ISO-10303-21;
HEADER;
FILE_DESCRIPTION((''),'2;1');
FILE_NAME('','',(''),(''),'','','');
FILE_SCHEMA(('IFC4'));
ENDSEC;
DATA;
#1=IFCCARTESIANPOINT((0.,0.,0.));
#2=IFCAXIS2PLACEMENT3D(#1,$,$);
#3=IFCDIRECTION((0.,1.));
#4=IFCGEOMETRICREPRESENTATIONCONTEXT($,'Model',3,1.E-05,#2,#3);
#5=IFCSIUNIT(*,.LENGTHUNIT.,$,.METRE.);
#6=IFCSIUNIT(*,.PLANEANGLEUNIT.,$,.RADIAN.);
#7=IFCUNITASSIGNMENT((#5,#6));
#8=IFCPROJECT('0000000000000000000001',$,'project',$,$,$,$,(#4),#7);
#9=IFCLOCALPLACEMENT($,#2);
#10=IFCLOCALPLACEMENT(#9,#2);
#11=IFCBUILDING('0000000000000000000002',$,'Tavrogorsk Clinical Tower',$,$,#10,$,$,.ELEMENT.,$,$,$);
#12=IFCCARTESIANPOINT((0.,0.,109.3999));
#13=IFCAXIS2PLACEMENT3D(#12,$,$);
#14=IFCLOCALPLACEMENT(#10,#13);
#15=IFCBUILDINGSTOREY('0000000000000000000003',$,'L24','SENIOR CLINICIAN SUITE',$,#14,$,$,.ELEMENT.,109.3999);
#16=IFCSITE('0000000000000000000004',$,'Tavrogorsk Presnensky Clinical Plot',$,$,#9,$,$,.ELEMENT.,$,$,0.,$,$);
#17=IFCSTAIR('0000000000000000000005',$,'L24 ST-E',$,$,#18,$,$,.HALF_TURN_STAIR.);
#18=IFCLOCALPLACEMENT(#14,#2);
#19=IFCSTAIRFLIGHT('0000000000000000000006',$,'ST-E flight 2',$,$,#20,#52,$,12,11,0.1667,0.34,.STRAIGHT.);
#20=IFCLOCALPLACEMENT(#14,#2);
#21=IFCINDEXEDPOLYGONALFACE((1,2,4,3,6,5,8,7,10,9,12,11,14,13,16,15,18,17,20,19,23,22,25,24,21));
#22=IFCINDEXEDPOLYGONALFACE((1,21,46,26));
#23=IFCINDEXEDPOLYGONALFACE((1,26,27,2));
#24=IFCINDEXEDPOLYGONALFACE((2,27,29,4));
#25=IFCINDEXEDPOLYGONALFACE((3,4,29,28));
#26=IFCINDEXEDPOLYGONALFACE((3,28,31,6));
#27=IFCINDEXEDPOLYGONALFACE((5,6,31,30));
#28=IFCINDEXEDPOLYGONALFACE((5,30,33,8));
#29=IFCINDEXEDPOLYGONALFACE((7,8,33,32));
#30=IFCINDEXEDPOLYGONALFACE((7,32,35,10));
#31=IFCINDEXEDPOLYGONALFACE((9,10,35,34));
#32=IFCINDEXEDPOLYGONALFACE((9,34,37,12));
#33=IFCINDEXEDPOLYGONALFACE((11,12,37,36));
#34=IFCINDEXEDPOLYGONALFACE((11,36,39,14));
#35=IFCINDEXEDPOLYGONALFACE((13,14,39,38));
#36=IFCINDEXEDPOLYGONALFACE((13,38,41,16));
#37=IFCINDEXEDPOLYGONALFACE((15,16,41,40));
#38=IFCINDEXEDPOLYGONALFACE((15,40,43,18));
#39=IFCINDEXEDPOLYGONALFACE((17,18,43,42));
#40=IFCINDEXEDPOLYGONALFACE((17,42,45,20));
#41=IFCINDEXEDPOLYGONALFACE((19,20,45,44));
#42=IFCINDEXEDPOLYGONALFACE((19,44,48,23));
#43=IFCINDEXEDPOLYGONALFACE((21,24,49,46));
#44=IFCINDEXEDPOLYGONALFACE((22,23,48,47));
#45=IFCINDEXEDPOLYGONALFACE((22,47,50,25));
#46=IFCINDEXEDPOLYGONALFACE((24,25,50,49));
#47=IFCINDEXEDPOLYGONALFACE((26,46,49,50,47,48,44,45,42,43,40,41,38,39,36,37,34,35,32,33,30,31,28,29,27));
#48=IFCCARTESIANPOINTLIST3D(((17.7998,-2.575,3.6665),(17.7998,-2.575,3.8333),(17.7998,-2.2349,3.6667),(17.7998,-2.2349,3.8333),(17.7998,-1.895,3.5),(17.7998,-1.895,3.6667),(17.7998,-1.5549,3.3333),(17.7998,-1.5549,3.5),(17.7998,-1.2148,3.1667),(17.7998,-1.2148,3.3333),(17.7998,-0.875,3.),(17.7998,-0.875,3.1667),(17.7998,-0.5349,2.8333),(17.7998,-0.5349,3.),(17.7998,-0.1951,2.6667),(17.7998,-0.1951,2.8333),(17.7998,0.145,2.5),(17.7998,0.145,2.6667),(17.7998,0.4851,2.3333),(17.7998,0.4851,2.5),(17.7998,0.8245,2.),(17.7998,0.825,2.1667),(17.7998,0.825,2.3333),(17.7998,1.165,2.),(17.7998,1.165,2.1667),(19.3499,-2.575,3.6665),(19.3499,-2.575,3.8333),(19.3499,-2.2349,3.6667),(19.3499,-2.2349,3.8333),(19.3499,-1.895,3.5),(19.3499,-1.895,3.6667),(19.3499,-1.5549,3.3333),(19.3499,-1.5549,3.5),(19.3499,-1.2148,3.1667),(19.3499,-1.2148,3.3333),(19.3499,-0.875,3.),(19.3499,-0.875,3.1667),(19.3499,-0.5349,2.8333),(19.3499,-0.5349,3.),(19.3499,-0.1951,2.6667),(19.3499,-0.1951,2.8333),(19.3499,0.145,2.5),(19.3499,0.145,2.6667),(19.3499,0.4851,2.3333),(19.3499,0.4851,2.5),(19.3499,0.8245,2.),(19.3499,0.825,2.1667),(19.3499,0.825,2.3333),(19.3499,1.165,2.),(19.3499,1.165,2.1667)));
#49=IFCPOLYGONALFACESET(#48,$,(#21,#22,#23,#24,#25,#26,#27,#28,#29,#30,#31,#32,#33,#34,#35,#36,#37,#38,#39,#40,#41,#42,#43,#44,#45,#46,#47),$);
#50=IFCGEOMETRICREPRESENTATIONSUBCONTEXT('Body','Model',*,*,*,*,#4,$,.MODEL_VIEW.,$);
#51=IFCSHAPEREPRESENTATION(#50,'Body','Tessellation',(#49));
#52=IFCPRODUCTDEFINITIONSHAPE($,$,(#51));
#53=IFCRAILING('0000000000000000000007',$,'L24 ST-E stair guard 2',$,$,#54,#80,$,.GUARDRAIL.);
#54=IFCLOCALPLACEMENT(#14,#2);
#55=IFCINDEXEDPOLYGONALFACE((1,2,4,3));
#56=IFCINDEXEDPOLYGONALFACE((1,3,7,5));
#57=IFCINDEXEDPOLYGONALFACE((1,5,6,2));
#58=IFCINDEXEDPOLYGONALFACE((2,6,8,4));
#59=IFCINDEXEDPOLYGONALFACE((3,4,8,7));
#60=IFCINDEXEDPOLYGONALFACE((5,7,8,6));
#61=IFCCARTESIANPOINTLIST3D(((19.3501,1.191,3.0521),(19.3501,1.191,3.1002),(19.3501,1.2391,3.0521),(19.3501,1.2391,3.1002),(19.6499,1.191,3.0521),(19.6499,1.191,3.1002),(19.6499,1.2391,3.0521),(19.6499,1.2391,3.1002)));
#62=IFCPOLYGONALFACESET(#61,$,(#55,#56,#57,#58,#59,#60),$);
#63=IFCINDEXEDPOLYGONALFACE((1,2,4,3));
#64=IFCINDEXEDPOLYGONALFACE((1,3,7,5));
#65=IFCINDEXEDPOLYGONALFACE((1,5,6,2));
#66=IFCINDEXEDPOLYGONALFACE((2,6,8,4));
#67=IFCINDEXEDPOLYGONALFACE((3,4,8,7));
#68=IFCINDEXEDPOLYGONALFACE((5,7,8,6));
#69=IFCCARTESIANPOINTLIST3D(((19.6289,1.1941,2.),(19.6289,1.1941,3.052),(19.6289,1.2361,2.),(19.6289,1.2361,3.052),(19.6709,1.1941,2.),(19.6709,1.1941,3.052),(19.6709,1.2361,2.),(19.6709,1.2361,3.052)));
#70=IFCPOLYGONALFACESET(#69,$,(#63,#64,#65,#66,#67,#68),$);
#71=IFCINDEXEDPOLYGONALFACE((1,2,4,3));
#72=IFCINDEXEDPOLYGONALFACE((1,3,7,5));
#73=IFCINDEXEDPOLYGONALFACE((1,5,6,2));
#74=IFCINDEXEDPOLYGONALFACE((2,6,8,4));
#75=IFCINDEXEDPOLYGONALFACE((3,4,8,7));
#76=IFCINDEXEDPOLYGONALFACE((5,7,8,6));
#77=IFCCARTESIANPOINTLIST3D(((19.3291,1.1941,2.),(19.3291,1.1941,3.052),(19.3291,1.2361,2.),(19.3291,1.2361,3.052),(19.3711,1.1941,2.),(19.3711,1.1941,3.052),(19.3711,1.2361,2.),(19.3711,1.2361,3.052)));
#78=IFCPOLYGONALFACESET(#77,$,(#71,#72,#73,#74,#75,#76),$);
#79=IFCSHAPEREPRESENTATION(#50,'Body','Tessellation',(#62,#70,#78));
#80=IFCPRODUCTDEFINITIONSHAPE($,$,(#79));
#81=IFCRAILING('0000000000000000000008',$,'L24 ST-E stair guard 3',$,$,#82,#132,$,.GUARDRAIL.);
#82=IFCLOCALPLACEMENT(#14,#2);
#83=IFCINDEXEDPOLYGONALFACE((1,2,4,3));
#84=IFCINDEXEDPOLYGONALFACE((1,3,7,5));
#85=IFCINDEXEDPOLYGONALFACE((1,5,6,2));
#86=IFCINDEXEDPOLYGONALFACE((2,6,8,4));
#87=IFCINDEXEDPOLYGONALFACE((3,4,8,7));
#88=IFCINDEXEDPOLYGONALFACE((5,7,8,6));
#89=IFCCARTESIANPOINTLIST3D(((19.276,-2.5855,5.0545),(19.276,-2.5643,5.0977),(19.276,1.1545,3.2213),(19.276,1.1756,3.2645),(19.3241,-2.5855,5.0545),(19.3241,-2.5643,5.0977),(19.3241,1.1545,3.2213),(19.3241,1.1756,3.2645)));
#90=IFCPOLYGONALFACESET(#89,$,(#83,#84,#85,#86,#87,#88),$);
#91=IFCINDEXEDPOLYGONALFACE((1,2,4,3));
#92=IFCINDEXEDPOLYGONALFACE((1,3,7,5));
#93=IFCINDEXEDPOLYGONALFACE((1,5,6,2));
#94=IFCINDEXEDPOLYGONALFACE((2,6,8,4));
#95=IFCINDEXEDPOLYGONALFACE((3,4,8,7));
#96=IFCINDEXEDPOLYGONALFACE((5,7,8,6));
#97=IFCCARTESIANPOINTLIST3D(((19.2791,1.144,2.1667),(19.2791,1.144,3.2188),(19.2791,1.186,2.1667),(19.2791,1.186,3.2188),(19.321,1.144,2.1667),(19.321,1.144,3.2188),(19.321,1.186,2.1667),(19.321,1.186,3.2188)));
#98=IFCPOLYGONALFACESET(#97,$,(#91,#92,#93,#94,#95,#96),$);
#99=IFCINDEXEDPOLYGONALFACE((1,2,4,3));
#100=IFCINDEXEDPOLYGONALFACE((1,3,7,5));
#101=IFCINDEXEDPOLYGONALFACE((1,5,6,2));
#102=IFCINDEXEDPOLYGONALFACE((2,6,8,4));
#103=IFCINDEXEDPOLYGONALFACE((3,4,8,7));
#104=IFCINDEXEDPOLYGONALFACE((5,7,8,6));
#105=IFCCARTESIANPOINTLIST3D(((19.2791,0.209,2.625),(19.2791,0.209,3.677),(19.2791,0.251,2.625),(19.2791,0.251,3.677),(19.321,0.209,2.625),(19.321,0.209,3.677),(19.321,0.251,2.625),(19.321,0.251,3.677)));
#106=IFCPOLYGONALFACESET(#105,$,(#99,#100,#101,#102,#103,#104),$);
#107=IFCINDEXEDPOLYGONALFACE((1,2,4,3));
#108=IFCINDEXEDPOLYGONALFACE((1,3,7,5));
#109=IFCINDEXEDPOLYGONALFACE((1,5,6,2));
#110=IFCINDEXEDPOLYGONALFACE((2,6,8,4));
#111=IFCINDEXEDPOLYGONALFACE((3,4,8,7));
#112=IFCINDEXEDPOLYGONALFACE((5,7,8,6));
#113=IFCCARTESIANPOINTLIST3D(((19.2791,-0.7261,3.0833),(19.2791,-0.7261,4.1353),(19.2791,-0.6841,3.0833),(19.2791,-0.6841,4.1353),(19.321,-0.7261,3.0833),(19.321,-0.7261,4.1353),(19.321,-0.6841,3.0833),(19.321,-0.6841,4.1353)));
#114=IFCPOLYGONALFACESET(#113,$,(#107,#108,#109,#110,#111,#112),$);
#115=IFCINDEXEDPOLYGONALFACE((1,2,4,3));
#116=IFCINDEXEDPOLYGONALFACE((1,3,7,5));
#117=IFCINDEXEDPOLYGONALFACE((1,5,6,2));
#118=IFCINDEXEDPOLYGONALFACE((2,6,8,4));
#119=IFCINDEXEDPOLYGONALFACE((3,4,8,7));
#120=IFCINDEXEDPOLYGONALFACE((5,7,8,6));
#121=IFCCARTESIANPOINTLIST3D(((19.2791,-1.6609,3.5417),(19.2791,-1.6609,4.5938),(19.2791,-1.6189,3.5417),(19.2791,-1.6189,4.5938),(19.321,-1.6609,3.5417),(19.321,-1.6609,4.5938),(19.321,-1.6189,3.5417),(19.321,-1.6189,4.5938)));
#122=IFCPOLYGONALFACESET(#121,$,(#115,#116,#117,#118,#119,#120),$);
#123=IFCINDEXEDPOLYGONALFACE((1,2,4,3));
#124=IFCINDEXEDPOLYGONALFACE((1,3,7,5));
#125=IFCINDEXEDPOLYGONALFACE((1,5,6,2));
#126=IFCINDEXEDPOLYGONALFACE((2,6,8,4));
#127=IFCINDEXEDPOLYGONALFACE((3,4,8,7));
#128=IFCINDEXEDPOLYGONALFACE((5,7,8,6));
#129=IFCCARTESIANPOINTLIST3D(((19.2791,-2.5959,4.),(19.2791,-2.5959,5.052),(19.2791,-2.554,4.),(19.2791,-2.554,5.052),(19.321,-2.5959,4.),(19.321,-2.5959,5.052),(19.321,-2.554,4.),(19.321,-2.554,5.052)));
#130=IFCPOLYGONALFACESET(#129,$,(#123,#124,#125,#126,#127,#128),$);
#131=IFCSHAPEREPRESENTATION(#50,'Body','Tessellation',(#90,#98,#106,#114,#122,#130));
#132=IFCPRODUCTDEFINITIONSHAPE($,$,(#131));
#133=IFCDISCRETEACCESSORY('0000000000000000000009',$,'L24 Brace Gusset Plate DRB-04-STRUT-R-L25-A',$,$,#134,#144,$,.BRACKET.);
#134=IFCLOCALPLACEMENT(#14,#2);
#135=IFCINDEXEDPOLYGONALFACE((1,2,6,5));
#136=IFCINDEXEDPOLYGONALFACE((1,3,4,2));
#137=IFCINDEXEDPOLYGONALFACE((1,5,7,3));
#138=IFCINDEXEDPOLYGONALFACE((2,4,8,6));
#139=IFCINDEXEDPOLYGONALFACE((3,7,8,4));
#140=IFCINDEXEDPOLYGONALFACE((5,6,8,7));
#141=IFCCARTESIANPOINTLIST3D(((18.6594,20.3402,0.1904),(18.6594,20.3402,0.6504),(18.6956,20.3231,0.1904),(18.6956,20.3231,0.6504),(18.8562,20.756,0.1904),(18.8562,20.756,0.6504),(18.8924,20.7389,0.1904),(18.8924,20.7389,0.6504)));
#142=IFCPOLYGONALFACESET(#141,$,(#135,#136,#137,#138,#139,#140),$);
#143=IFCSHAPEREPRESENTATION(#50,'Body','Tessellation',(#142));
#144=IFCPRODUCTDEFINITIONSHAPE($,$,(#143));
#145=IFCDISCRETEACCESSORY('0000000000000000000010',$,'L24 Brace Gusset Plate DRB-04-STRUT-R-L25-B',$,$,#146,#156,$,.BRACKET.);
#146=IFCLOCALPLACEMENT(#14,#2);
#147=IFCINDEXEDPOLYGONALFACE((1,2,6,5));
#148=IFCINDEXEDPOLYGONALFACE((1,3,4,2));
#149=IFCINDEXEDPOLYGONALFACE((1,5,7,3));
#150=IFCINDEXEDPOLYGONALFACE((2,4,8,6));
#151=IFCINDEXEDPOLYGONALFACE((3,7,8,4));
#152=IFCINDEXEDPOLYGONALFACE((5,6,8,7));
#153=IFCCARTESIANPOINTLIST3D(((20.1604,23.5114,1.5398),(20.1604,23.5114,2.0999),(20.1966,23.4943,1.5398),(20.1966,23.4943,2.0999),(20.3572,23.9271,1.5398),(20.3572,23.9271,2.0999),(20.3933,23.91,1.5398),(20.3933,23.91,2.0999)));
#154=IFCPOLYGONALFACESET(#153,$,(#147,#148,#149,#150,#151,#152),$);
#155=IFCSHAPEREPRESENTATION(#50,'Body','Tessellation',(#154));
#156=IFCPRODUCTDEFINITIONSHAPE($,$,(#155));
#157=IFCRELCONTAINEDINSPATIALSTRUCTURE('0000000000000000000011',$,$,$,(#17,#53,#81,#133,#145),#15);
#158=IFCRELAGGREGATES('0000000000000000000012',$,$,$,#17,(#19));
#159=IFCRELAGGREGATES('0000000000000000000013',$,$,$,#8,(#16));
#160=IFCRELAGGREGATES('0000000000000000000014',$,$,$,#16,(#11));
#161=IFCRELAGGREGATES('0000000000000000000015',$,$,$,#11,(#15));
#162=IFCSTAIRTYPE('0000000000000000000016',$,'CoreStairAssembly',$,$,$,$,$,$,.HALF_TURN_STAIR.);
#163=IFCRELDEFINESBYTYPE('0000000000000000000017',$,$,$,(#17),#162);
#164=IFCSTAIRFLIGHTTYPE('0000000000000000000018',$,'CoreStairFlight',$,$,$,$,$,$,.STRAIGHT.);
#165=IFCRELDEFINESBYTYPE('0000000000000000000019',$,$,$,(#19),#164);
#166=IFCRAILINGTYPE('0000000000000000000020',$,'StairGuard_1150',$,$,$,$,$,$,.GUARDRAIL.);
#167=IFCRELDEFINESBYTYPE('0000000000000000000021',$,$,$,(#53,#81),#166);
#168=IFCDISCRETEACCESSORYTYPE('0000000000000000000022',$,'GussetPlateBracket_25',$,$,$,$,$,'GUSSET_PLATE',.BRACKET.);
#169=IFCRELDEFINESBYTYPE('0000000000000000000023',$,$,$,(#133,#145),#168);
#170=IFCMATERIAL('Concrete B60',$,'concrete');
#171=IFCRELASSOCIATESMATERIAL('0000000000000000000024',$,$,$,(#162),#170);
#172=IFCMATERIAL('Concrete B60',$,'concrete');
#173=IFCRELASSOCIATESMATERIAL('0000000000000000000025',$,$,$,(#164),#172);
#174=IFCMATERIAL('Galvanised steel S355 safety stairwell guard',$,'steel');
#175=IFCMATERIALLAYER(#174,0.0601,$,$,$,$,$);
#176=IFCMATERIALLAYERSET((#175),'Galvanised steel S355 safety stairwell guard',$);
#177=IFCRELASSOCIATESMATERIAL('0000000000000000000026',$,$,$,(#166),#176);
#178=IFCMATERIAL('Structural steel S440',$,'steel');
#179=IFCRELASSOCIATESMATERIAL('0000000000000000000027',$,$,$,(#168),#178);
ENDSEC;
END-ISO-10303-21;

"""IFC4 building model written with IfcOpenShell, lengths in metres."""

from ifc_helpers import new_model, si_unit, direction, frame, origin, origin_2d, place, context, subcontext, project, spatial, polyline, rectangle, outline, extrude, material, layer, layer_set, type_object, element, aggregate, save


model = new_model("IFC4")

# Units and contexts
model_context = context("Model", 3, precision=1e-05, world=origin(), true_north=direction((0.0, 1.0)))
body_context = subcontext(model_context, "Body", "Model", "MODEL_VIEW")
ifc_project = project(units=[si_unit("LENGTHUNIT", "METRE"), si_unit("PLANEANGLEUNIT", "RADIAN")], contexts=[model_context])

# Site, building, storey
site_placement = place(None, origin())
site = spatial("IfcSite", under=ifc_project, at=site_placement, Name="Tavrogorsk Presnensky Clinical Plot", CompositionType="ELEMENT", RefElevation=0.0)
building_placement = place(site_placement, origin())
building = spatial("IfcBuilding", under=site, at=building_placement, Name="Tavrogorsk Clinical Tower", CompositionType="ELEMENT")
storey_placement = place(building_placement, frame((0.0, 0.0, 109.3999)))
storey = spatial("IfcBuildingStorey", under=building, at=storey_placement, Name="L24", Description="SENIOR CLINICIAN SUITE", CompositionType="ELEMENT", Elevation=109.3999)

# Stair, stair flight
ifc_material_1 = material(Name="Concrete B60", Category="concrete")
stair_type = type_object("IfcStairType", Name="CoreStairAssembly", PredefinedType="HALF_TURN_STAIR", material=ifc_material_1)
stair_placement = place(storey_placement, origin())
stair = element("IfcStair", 1, at=stair_placement, inside=storey, type_object=stair_type, Name="L24 ST-E", PredefinedType="HALF_TURN_STAIR")
ifc_material_2 = material(Name="Concrete B60", Category="concrete")
stair_flight_type = type_object("IfcStairFlightType", Name="CoreStairFlight", PredefinedType="STRAIGHT", material=ifc_material_2)
stair_flight_placement = place(storey_placement, frame((18.575, 1.165, 2.0), z_axis=(0.0, 0.0, 1.0), x_axis=(0.0, -1.0, 0.0)))
stair_flight = element("IfcStairFlight", 2, at=stair_flight_placement, type_object=stair_flight_type, Name="ST-E flight 2", NumberOfRisers=12, NumberOfTreads=11, PredefinedType="STRAIGHT", RiserHeight=0.1667, TreadLength=0.34, context=body_context, shape_type="SweptSolid", body=[
    extrude(outline(polyline([(0.0, 0.0), (0.0, 0.1667), (0.3401, 0.1667), (0.3401, 0.3333), (0.6799, 0.3333), (0.6799, 0.5), (1.02, 0.5), (1.02, 0.6667), (1.3601, 0.6667), (1.3601, 0.8333), (1.7, 0.8333), (1.7, 1.0), (2.04, 1.0), (2.04, 1.1667), (2.3799, 1.1667), (2.3799, 1.3333), (2.72, 1.3333), (2.72, 1.5), (3.0601, 1.5), (3.0601, 1.6667), (3.3999, 1.6667), (3.3999, 1.8333), (3.74, 1.8333), (3.74, 2.0), (3.74, 1.6665), (0.3406, 0.0), (0.0, 0.0)])), frame((0.0, 0.7749, 0.0), z_axis=(0.0, -1.0, 0.0), x_axis=(1.0, 0.0, 0.0)), (0.0, 0.0, 1.0), 1.55),
])
aggregate(stair, [stair_flight])

# Railings
ifc_material_3 = material(Name="Galvanised steel S355 safety stairwell guard", Category="steel")
ifc_layer_1 = layer(ifc_material_3, 0.0601)
ifc_layer_set_1 = layer_set([ifc_layer_1], Name="Galvanised steel S355 safety stairwell guard")
railing_type = type_object("IfcRailingType", Name="StairGuard_1150", PredefinedType="GUARDRAIL", material=ifc_layer_set_1)
railing_1_placement = place(storey_placement, frame((19.6499, 1.2151, 2.0)))
element("IfcRailing", 3, at=railing_1_placement, inside=storey, type_object=railing_type, Name="L24 ST-E stair guard 2", PredefinedType="GUARDRAIL", context=body_context, shape_type="SweptSolid", body=[
    extrude(rectangle(XDim=0.0481, YDim=0.0481, at=origin_2d()), frame((0.0, 0.0, 1.0762), z_axis=(-1.0, 0.0, 0.0), x_axis=(0.0, -1.0, 0.0)), (0.0, 0.0, 1.0), 0.2998),
    extrude(rectangle(XDim=0.042, YDim=0.042, at=origin_2d()), origin(), (0.0, 0.0, 1.0), 1.052),
    extrude(rectangle(XDim=0.042, YDim=0.042, at=origin_2d()), frame((-0.2998, 0.0, 0.0)), (0.0, 0.0, 1.0), 1.052),
])
railing_2_placement = place(storey_placement, frame((19.3, 1.165, 2.1667)))
element("IfcRailing", 4, at=railing_2_placement, inside=storey, type_object=railing_type, Name="L24 ST-E stair guard 3", PredefinedType="GUARDRAIL", context=body_context, shape_type="SweptSolid", body=[
    extrude(rectangle(XDim=0.0481, YDim=0.0481, at=origin_2d()), frame((0.0, 0.0, 1.0762), z_axis=(0.0, -0.897928, 0.440142), x_axis=(1.0, 0.0, 0.0)), (0.0, 0.0, 1.0), 4.165),
    extrude(rectangle(XDim=0.042, YDim=0.042, at=origin_2d()), origin(), (0.0, 0.0, 1.0), 1.052),
    extrude(rectangle(XDim=0.042, YDim=0.042, at=origin_2d()), frame((0.0, -0.9351, 0.4583)), (0.0, 0.0, 1.0), 1.052),
    extrude(rectangle(XDim=0.042, YDim=0.042, at=origin_2d()), frame((0.0, -1.8701, 0.9165)), (0.0, 0.0, 1.0), 1.052),
    extrude(rectangle(XDim=0.042, YDim=0.042, at=origin_2d()), frame((0.0, -2.8049, 1.375)), (0.0, 0.0, 1.0), 1.052),
    extrude(rectangle(XDim=0.042, YDim=0.042, at=origin_2d()), frame((0.0, -3.74, 1.8333)), (0.0, 0.0, 1.0), 1.052),
])

# Discrete accessories
ifc_material_4 = material(Name="Structural steel S440", Category="steel")
discrete_accessory_type = type_object("IfcDiscreteAccessoryType", Name="GussetPlateBracket_25", ElementType="GUSSET_PLATE", PredefinedType="BRACKET", material=ifc_material_4)
discrete_accessory_1_placement = place(storey_placement, frame((18.7759, 20.5396, 0.1904), z_axis=(0.0, 0.0, 1.0), x_axis=(0.427831, 0.903859, 0.0)))
element("IfcDiscreteAccessory", 5, at=discrete_accessory_1_placement, inside=storey, type_object=discrete_accessory_type, Name="L24 Brace Gusset Plate DRB-04-STRUT-R-L25-A", PredefinedType="BRACKET", context=body_context, shape_type="SweptSolid", body=[
    extrude(rectangle(XDim=0.46, YDim=0.04, at=origin_2d()), origin(), (0.0, 0.0, 1.0), 0.46),
])
discrete_accessory_2_placement = place(storey_placement, frame((20.2769, 23.7107, 1.5398), z_axis=(0.0, 0.0, 1.0), x_axis=(0.427831, 0.903859, 0.0)))
element("IfcDiscreteAccessory", 6, at=discrete_accessory_2_placement, inside=storey, type_object=discrete_accessory_type, Name="L24 Brace Gusset Plate DRB-04-STRUT-R-L25-B", PredefinedType="BRACKET", context=body_context, shape_type="SweptSolid", body=[
    extrude(rectangle(XDim=0.46, YDim=0.04, at=origin_2d()), origin(), (0.0, 0.0, 1.0), 0.5601),
])

save(model, "model.ifc")
